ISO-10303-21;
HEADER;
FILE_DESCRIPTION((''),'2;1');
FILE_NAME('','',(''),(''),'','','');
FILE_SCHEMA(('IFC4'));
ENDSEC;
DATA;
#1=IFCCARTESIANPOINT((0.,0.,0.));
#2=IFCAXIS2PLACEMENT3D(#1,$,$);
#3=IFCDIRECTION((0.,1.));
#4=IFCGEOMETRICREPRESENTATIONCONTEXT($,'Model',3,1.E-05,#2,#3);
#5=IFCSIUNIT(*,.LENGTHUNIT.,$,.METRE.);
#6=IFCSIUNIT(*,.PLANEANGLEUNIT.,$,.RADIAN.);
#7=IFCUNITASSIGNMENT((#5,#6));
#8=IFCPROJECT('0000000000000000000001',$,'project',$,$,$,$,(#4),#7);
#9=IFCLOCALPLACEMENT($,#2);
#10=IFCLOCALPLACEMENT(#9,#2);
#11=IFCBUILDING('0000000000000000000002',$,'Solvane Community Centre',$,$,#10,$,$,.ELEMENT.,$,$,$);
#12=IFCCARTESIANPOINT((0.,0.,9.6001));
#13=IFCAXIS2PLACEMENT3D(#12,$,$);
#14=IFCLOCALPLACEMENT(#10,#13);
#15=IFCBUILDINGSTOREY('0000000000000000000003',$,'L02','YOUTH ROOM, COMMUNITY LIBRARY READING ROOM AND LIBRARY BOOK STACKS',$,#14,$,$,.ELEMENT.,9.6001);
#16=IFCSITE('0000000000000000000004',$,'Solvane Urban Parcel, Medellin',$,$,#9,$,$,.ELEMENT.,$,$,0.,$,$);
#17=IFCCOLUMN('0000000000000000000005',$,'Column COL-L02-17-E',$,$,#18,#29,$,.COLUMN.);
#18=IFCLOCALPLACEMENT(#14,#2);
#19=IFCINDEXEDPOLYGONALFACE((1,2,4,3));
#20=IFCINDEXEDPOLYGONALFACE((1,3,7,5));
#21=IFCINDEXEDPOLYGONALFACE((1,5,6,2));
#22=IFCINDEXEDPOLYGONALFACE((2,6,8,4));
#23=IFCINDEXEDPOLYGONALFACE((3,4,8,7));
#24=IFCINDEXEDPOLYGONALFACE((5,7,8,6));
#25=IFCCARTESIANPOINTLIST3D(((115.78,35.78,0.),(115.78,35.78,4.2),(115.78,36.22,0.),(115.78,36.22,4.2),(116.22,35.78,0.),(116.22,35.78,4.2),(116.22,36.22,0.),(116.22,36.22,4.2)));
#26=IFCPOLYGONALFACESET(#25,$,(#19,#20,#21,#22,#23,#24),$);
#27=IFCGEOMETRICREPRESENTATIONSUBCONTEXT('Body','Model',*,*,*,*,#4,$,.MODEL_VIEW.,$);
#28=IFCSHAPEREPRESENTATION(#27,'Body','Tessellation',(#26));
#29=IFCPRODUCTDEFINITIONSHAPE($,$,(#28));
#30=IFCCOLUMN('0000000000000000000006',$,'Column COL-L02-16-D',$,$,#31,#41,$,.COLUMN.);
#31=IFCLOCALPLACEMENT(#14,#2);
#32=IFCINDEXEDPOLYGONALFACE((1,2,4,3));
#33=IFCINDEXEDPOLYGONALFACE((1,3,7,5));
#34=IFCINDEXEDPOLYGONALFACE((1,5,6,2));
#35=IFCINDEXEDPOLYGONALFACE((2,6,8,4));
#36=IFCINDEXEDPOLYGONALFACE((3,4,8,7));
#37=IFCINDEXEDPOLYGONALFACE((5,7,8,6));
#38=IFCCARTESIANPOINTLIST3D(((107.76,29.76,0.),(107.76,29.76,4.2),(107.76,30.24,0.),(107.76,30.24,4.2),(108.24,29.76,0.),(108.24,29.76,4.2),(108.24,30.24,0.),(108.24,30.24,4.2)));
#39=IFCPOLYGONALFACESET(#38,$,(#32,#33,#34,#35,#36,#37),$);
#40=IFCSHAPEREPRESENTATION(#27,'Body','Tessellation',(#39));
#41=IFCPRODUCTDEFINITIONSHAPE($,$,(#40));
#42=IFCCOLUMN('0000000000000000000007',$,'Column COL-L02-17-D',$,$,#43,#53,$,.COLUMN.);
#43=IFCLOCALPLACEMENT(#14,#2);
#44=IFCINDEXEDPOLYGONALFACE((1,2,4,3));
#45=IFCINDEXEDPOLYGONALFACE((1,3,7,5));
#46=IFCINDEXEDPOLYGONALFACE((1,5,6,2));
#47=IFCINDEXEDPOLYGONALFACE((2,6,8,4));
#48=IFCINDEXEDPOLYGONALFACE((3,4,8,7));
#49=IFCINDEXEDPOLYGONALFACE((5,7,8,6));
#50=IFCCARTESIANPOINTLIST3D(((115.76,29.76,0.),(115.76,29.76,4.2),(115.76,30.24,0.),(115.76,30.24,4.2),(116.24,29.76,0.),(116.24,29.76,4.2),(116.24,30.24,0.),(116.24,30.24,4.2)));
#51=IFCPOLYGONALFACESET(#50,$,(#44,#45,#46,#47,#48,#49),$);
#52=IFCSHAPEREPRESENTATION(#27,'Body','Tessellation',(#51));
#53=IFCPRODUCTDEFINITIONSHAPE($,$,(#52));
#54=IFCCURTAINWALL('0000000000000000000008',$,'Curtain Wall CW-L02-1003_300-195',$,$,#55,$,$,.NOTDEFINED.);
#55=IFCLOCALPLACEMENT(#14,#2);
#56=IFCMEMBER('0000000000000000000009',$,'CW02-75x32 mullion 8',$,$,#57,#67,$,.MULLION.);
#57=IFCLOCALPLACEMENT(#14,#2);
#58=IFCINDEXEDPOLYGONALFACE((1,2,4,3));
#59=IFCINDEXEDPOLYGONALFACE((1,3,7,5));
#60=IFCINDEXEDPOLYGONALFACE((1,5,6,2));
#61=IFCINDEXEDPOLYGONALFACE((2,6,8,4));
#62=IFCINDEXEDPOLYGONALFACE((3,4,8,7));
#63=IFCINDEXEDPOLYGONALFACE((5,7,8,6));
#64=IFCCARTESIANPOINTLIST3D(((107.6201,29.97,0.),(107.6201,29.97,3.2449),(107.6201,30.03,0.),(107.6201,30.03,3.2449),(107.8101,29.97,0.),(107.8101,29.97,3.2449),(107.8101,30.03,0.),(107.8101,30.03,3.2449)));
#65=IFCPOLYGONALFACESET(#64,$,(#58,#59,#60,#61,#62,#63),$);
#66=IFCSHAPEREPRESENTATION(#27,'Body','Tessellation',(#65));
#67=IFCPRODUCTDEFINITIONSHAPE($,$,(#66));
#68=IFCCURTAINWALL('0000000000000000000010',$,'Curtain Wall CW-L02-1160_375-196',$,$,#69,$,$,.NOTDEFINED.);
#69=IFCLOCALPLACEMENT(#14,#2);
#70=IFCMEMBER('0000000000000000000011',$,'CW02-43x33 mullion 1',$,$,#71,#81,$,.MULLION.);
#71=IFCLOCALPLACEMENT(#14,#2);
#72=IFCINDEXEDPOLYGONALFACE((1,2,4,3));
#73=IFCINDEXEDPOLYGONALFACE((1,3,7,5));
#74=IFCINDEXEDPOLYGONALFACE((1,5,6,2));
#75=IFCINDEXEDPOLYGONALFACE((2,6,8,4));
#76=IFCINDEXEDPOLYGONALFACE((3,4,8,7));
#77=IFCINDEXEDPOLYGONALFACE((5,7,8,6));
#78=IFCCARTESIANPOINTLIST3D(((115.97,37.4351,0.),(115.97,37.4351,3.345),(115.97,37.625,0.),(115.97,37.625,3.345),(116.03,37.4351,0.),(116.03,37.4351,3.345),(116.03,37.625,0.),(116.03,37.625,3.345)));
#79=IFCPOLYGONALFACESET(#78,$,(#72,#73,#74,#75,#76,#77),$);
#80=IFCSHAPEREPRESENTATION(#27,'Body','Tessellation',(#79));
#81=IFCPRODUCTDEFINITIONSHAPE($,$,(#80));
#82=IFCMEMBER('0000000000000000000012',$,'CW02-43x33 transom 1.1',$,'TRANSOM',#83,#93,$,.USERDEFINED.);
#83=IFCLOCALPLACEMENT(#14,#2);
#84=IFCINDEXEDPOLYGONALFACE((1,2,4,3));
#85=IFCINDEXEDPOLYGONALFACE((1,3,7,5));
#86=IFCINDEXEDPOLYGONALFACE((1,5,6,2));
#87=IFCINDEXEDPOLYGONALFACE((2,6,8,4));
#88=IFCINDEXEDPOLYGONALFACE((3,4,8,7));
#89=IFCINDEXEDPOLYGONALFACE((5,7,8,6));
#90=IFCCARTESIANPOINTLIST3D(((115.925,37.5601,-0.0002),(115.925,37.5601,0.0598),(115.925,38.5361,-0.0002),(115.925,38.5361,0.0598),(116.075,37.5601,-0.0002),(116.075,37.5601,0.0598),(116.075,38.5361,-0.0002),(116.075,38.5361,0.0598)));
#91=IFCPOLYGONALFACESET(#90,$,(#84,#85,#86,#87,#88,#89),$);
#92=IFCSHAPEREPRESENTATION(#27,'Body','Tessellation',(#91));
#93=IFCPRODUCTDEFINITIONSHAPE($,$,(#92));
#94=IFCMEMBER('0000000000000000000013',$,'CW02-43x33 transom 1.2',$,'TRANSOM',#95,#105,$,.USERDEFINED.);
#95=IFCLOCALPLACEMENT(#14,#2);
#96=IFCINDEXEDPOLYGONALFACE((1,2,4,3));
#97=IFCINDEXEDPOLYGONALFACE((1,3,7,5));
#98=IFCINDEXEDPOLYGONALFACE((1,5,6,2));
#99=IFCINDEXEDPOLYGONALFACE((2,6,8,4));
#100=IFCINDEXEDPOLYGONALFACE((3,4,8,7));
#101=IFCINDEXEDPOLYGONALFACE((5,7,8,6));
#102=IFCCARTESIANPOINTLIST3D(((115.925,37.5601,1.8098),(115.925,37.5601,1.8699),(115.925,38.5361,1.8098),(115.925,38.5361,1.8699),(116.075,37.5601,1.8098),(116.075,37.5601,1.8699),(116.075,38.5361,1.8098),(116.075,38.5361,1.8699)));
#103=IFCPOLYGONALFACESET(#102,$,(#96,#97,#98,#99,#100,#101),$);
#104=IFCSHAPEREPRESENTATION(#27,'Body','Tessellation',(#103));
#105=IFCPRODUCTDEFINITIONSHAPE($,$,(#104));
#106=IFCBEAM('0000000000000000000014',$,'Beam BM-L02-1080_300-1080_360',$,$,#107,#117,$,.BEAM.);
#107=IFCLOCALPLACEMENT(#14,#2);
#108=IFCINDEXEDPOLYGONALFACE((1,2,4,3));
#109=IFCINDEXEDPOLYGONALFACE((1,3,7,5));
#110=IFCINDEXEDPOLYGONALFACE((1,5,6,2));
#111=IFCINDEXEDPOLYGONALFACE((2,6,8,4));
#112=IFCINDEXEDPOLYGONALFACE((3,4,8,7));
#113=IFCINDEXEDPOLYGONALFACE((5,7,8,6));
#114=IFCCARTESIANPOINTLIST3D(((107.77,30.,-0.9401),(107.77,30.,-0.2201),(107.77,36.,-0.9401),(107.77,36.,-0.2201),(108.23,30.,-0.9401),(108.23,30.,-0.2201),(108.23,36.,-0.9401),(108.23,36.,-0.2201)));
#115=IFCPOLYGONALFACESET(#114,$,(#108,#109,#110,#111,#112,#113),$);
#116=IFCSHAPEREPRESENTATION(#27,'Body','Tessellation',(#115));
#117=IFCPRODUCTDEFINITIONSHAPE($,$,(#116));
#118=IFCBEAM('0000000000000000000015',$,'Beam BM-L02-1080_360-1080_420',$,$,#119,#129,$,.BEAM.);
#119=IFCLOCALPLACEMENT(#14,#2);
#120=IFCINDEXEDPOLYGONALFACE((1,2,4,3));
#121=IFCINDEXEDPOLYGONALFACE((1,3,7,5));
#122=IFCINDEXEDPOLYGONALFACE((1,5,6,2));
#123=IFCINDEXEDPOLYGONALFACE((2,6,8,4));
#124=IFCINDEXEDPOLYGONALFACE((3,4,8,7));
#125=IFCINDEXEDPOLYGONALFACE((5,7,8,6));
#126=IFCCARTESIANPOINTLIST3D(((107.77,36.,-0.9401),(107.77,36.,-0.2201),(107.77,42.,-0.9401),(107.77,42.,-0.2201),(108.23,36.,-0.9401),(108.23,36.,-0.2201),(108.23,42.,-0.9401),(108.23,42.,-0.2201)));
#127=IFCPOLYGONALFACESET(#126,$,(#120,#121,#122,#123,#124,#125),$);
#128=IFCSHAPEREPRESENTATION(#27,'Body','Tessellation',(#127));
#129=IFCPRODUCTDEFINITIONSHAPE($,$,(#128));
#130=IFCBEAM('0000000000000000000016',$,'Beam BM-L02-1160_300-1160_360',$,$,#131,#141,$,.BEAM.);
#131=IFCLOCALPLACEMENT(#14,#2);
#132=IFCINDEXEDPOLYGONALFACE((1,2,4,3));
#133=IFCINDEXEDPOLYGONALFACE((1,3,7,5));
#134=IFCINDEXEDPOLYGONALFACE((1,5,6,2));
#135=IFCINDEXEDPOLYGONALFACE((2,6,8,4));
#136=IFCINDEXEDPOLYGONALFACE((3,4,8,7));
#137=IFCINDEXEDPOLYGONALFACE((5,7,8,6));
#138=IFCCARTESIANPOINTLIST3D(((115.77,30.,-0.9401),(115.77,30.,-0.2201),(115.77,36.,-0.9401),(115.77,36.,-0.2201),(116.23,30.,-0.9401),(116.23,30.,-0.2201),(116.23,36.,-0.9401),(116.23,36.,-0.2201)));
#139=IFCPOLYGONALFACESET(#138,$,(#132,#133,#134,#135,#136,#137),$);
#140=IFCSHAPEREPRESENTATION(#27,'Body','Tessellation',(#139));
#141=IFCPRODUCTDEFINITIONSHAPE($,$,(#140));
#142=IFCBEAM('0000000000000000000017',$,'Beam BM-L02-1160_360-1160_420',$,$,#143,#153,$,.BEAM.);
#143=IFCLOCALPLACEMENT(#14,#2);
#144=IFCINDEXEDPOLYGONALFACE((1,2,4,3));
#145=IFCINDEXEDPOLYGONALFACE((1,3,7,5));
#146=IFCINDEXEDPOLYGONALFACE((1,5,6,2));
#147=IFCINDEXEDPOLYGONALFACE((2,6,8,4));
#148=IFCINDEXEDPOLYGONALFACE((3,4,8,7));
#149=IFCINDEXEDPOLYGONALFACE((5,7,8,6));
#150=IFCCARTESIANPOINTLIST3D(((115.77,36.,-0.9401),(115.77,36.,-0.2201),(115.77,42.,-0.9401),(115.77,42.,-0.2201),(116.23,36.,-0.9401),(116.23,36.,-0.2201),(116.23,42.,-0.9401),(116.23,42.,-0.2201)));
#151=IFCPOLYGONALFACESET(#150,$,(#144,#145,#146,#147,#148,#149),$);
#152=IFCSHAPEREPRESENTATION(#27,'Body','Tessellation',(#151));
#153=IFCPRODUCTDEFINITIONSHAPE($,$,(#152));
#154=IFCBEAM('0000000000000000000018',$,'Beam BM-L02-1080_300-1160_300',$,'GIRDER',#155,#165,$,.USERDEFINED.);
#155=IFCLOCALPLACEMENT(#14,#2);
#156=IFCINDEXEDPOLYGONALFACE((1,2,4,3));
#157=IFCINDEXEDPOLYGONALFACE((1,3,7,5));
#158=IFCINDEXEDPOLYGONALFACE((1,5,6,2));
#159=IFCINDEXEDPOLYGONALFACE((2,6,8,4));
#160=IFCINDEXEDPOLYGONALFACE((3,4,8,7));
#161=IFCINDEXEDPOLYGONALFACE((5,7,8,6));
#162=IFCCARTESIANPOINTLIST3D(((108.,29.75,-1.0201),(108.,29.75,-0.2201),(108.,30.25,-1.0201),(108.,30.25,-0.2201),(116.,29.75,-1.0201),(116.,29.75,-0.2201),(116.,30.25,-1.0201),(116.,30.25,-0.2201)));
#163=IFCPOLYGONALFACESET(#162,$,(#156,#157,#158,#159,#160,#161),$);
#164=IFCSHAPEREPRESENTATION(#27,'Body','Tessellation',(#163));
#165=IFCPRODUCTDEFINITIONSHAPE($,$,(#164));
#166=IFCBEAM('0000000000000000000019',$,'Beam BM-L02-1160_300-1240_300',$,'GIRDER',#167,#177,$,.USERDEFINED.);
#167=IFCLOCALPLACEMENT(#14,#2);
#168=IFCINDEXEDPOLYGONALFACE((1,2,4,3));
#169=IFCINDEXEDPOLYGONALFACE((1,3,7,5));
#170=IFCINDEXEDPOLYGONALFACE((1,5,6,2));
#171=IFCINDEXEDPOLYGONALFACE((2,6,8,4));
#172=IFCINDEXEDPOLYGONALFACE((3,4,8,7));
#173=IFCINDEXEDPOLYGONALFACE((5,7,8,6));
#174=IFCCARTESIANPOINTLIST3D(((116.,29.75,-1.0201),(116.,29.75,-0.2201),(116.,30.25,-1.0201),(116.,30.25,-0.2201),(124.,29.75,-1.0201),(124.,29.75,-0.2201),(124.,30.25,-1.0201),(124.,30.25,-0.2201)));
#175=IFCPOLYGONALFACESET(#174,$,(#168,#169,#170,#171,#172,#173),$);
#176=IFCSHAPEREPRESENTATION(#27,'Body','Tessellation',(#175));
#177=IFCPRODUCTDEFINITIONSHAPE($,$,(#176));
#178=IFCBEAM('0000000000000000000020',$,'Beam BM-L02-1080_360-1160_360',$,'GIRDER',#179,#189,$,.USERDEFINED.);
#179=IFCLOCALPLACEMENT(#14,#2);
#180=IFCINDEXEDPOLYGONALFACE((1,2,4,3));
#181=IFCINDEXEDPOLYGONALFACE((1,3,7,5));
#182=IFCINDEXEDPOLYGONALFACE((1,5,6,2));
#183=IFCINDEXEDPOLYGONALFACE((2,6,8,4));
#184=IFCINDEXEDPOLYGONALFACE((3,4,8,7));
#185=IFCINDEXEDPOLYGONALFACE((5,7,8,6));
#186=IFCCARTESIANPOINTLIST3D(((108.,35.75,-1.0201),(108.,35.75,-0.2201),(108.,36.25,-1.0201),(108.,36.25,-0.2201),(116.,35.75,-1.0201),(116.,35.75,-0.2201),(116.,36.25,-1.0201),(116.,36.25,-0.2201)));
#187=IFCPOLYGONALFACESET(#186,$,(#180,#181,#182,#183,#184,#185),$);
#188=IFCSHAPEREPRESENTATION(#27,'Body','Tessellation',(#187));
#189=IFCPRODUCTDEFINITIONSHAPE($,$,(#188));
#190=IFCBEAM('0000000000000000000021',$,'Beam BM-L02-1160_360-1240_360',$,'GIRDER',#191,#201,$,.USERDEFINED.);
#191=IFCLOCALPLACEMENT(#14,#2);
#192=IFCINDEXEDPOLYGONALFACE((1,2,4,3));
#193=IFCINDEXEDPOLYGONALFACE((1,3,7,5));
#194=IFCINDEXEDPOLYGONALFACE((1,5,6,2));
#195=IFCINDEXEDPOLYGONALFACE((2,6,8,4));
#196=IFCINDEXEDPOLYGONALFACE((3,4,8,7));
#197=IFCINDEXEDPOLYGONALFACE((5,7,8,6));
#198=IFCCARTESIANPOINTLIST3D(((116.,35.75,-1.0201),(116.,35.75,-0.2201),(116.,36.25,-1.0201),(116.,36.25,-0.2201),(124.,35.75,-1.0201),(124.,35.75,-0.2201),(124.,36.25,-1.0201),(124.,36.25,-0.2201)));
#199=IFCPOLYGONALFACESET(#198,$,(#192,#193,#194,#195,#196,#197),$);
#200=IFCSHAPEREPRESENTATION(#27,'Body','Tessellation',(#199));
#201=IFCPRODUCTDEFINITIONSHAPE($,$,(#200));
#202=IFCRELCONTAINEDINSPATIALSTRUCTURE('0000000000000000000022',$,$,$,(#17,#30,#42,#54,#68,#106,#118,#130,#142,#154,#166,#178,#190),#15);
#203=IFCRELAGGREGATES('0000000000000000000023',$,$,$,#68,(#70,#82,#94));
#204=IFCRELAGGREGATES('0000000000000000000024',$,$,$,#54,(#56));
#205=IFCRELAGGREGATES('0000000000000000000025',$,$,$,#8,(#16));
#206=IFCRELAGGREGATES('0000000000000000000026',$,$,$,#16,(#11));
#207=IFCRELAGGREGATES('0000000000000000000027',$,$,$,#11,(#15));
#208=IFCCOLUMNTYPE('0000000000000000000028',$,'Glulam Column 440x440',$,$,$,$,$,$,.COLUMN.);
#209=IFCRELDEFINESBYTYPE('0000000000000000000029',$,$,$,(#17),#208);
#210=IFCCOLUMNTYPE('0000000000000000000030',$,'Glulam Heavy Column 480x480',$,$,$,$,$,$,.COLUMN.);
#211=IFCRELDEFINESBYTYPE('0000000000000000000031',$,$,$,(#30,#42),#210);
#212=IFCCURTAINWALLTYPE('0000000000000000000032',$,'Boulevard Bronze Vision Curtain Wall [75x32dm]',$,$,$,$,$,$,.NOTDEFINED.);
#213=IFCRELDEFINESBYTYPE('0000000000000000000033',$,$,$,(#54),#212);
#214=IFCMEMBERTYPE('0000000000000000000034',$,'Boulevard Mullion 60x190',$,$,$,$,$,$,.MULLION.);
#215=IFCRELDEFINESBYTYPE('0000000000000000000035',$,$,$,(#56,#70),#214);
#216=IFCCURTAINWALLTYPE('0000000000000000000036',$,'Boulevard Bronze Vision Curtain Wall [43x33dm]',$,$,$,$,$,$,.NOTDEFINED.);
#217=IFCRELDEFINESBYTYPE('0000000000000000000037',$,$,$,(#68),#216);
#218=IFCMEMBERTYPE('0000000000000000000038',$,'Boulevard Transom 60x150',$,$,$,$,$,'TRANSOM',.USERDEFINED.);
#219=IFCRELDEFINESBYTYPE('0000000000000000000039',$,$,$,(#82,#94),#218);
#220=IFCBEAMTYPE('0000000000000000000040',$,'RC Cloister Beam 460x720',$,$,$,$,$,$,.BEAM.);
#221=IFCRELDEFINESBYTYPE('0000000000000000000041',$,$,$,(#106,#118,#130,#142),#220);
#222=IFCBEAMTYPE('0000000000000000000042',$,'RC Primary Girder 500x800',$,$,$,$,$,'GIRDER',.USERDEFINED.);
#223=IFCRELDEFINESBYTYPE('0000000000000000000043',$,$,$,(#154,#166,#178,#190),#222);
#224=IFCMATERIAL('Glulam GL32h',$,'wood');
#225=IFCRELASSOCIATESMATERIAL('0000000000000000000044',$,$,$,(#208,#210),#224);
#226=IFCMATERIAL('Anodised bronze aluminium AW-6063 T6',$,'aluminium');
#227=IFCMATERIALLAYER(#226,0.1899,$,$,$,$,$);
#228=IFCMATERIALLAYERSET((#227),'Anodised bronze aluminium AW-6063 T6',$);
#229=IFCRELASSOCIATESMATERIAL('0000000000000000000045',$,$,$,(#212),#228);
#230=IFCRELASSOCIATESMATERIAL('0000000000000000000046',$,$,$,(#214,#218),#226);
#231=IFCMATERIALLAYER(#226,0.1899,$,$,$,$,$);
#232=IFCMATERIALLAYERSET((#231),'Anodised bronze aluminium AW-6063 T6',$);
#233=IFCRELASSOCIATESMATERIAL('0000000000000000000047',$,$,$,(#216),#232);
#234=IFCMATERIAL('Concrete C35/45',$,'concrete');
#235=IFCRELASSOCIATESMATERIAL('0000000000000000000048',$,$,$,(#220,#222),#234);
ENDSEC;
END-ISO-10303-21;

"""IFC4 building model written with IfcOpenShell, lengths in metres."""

from ifc_helpers import new_model, si_unit, direction, frame, origin, origin_2d, place, context, subcontext, project, spatial, rectangle, extrude, material, layer, layer_set, material_profile, profile_set, type_object, element, aggregate, save


model = new_model("IFC4")

# Units and contexts
model_context = context("Model", 3, precision=1e-05, world=origin(), true_north=direction((0.0, 1.0)))
body_context = subcontext(model_context, "Body", "Model", "MODEL_VIEW")
ifc_project = project(units=[si_unit("LENGTHUNIT", "METRE"), si_unit("PLANEANGLEUNIT", "RADIAN")], contexts=[model_context])

# Site, building, storey
site_placement = place(None, origin())
site = spatial("IfcSite", under=ifc_project, at=site_placement, Name="Solvane Urban Parcel, Medellin", CompositionType="ELEMENT", RefElevation=0.0)
building_placement = place(site_placement, origin())
building = spatial("IfcBuilding", under=site, at=building_placement, Name="Solvane Community Centre", CompositionType="ELEMENT")
storey_placement = place(building_placement, frame((0.0, 0.0, 9.6001)))
storey = spatial("IfcBuildingStorey", under=building, at=storey_placement, Name="L02", Description="YOUTH ROOM, COMMUNITY LIBRARY READING ROOM AND LIBRARY BOOK STACKS", CompositionType="ELEMENT", Elevation=9.6001)

# Columns
ifc_material_1 = material(Name="Glulam GL32h", Category="wood")
ifc_material_profile_1 = material_profile(ifc_material_1, rectangle(XDim=0.4399, YDim=0.4399, at=origin_2d()), Name="GL32h 440x440")
ifc_profile_set_1 = profile_set([ifc_material_profile_1], Name="Glulam GL32h")
column_type_1 = type_object("IfcColumnType", Name="Glulam Column 440x440", PredefinedType="COLUMN", material=ifc_profile_set_1)
column_placement = place(storey_placement, frame((116.0, 36.0, 0.0), z_axis=(0.0, 0.0, 1.0), x_axis=(1.0, 0.0, 0.0)))
element("IfcColumn", 1, at=column_placement, inside=storey, type_object=column_type_1, Name="Column COL-L02-17-E", PredefinedType="COLUMN", context=body_context, shape_type="SweptSolid", body=[
    extrude(rectangle(XDim=0.4399, YDim=0.4399, at=origin_2d()), origin(), (0.0, 0.0, 1.0), 4.2),
])
ifc_material_profile_2 = material_profile(ifc_material_1, rectangle(XDim=0.48, YDim=0.48, at=origin_2d()), Name="GL32h 480x480")
ifc_profile_set_2 = profile_set([ifc_material_profile_2], Name="Glulam GL32h")
column_type_2 = type_object("IfcColumnType", Name="Glulam Heavy Column 480x480", PredefinedType="COLUMN", material=ifc_profile_set_2)
for number, where, z_axis, x_axis, name in (
    (2, (108.0, 30.0, 0.0), (0.0, 0.0, 1.0), (1.0, 0.0, 0.0), "Column COL-L02-16-D"),
    (3, (116.0, 30.0, 0.0), (0.0, 0.0, 1.0), (1.0, 0.0, 0.0), "Column COL-L02-17-D"),
):
    element("IfcColumn", number, at=place(storey_placement, frame(where, z_axis=z_axis, x_axis=x_axis)), inside=storey, type_object=column_type_2, Name=name, PredefinedType="COLUMN", context=body_context, shape_type="SweptSolid", body=[
        extrude(rectangle(XDim=0.48, YDim=0.48, at=origin_2d()), origin(), (0.0, 0.0, 1.0), 4.2),
    ])

# Curtain wall, member
ifc_material_2 = material(Name="Anodised bronze aluminium AW-6063 T6", Category="aluminium")
ifc_layer_1 = layer(ifc_material_2, 0.1899)
ifc_layer_set_1 = layer_set([ifc_layer_1], Name="Anodised bronze aluminium AW-6063 T6")
curtain_wall_type_1 = type_object("IfcCurtainWallType", Name="Boulevard Bronze Vision Curtain Wall [75x32dm]", PredefinedType="NOTDEFINED", material=ifc_layer_set_1)
curtain_wall_1_placement = place(storey_placement, origin())
curtain_wall_1 = element("IfcCurtainWall", 4, at=curtain_wall_1_placement, inside=storey, type_object=curtain_wall_type_1, Name="Curtain Wall CW-L02-1003_300-195", PredefinedType="NOTDEFINED")
ifc_material_profile_3 = material_profile(ifc_material_2, rectangle(XDim=0.0601, YDim=0.1899, at=origin_2d()), Name="CW-M 60x190")
ifc_profile_set_3 = profile_set([ifc_material_profile_3], Name="Anodised bronze aluminium AW-6063 T6")
member_type_1 = type_object("IfcMemberType", Name="Boulevard Mullion 60x190", PredefinedType="MULLION", material=ifc_profile_set_3)
member_1_placement = place(storey_placement, frame((107.7151, 30.0, 0.0), z_axis=(0.0, 0.0, 1.0), x_axis=(0.0, 1.0, 0.0)))
member_1 = element("IfcMember", 5, at=member_1_placement, type_object=member_type_1, Name="CW02-75x32 mullion 8", PredefinedType="MULLION", context=body_context, shape_type="SweptSolid", body=[
    extrude(rectangle(XDim=0.0601, YDim=0.1899, at=origin_2d()), origin(), (0.0, 0.0, 1.0), 3.2449),
])

# Curtain wall, members
ifc_layer_2 = layer(ifc_material_2, 0.1899)
ifc_layer_set_2 = layer_set([ifc_layer_2], Name="Anodised bronze aluminium AW-6063 T6")
curtain_wall_type_2 = type_object("IfcCurtainWallType", Name="Boulevard Bronze Vision Curtain Wall [43x33dm]", PredefinedType="NOTDEFINED", material=ifc_layer_set_2)
curtain_wall_2_placement = place(storey_placement, origin())
curtain_wall_2 = element("IfcCurtainWall", 6, at=curtain_wall_2_placement, inside=storey, type_object=curtain_wall_type_2, Name="Curtain Wall CW-L02-1160_375-196", PredefinedType="NOTDEFINED")
member_2_placement = place(storey_placement, frame((116.0, 37.53, 0.0), z_axis=(0.0, 0.0, 1.0), x_axis=(-1.0, 0.0, 0.0)))
member_2 = element("IfcMember", 7, at=member_2_placement, type_object=member_type_1, Name="CW02-43x33 mullion 1", PredefinedType="MULLION", context=body_context, shape_type="SweptSolid", body=[
    extrude(rectangle(XDim=0.0601, YDim=0.1899, at=origin_2d()), origin(), (0.0, 0.0, 1.0), 3.345),
])
ifc_material_profile_4 = material_profile(ifc_material_2, rectangle(XDim=0.1499, YDim=0.0601, at=origin_2d()), Name="CW-T 60x150")
ifc_profile_set_4 = profile_set([ifc_material_profile_4], Name="Anodised bronze aluminium AW-6063 T6")
member_type_2 = type_object("IfcMemberType", Name="Boulevard Transom 60x150", ElementType="TRANSOM", PredefinedType="USERDEFINED", material=ifc_profile_set_4)
member_3_placement = place(storey_placement, frame((116.0, 37.5601, 0.0298), z_axis=(0.0, 1.0, 0.0), x_axis=(-1.0, 0.0, 0.0)))
member_3 = element("IfcMember", 8, at=member_3_placement, type_object=member_type_2, Name="CW02-43x33 transom 1.1", ObjectType="TRANSOM", PredefinedType="USERDEFINED", context=body_context, shape_type="SweptSolid", body=[
    extrude(rectangle(XDim=0.1499, YDim=0.0601, at=origin_2d()), origin(), (0.0, 0.0, 1.0), 0.9761),
])
member_4_placement = place(storey_placement, frame((116.0, 37.5601, 1.8398), z_axis=(0.0, 1.0, 0.0), x_axis=(-1.0, 0.0, 0.0)))
member_4 = element("IfcMember", 9, at=member_4_placement, type_object=member_type_2, Name="CW02-43x33 transom 1.2", ObjectType="TRANSOM", PredefinedType="USERDEFINED", context=body_context, shape_type="SweptSolid", body=[
    extrude(rectangle(XDim=0.1499, YDim=0.0601, at=origin_2d()), origin(), (0.0, 0.0, 1.0), 0.9761),
])
aggregate(curtain_wall_2, [member_2, member_3, member_4])

# Beams
ifc_material_3 = material(Name="Concrete C35/45", Category="concrete")
ifc_material_profile_5 = material_profile(ifc_material_3, rectangle(XDim=0.46, YDim=0.72, at=origin_2d()), Name="RC 460x720")
ifc_profile_set_5 = profile_set([ifc_material_profile_5], Name="Concrete C35/45")
beam_type_1 = type_object("IfcBeamType", Name="RC Cloister Beam 460x720", PredefinedType="BEAM", material=ifc_profile_set_5)
for number, where, z_axis, x_axis, name in (
    (10, (108.0, 30.0, -0.5801), (0.0, 1.0, 0.0), (-1.0, 0.0, 0.0), "Beam BM-L02-1080_300-1080_360"),
    (11, (108.0, 36.0, -0.5801), (0.0, 1.0, 0.0), (-1.0, 0.0, 0.0), "Beam BM-L02-1080_360-1080_420"),
    (12, (116.0, 30.0, -0.5801), (0.0, 1.0, 0.0), (-1.0, 0.0, 0.0), "Beam BM-L02-1160_300-1160_360"),
    (13, (116.0, 36.0, -0.5801), (0.0, 1.0, 0.0), (-1.0, 0.0, 0.0), "Beam BM-L02-1160_360-1160_420"),
):
    element("IfcBeam", number, at=place(storey_placement, frame(where, z_axis=z_axis, x_axis=x_axis)), inside=storey, type_object=beam_type_1, Name=name, PredefinedType="BEAM", context=body_context, shape_type="SweptSolid", body=[
        extrude(rectangle(XDim=0.46, YDim=0.72, at=origin_2d()), origin(), (0.0, 0.0, 1.0), 6.0),
    ])
ifc_material_profile_6 = material_profile(ifc_material_3, rectangle(XDim=0.5, YDim=0.8, at=origin_2d()), Name="RC 500x800")
ifc_profile_set_6 = profile_set([ifc_material_profile_6], Name="Concrete C35/45")
beam_type_2 = type_object("IfcBeamType", Name="RC Primary Girder 500x800", ElementType="GIRDER", PredefinedType="USERDEFINED", material=ifc_profile_set_6)
for number, where, z_axis, x_axis, name in (
    (14, (108.0, 30.0, -0.6201), (1.0, 0.0, 0.0), (0.0, 1.0, 0.0), "Beam BM-L02-1080_300-1160_300"),
    (15, (116.0, 30.0, -0.6201), (1.0, 0.0, 0.0), (0.0, 1.0, 0.0), "Beam BM-L02-1160_300-1240_300"),
    (16, (108.0, 36.0, -0.6201), (1.0, 0.0, 0.0), (0.0, 1.0, 0.0), "Beam BM-L02-1080_360-1160_360"),
    (17, (116.0, 36.0, -0.6201), (1.0, 0.0, 0.0), (0.0, 1.0, 0.0), "Beam BM-L02-1160_360-1240_360"),
):
    element("IfcBeam", number, at=place(storey_placement, frame(where, z_axis=z_axis, x_axis=x_axis)), inside=storey, type_object=beam_type_2, Name=name, ObjectType="GIRDER", PredefinedType="USERDEFINED", context=body_context, shape_type="SweptSolid", body=[
        extrude(rectangle(XDim=0.5, YDim=0.8, at=origin_2d()), origin(), (0.0, 0.0, 1.0), 8.0),
    ])

aggregate(curtain_wall_1, [member_1])

save(model, "model.ifc")
